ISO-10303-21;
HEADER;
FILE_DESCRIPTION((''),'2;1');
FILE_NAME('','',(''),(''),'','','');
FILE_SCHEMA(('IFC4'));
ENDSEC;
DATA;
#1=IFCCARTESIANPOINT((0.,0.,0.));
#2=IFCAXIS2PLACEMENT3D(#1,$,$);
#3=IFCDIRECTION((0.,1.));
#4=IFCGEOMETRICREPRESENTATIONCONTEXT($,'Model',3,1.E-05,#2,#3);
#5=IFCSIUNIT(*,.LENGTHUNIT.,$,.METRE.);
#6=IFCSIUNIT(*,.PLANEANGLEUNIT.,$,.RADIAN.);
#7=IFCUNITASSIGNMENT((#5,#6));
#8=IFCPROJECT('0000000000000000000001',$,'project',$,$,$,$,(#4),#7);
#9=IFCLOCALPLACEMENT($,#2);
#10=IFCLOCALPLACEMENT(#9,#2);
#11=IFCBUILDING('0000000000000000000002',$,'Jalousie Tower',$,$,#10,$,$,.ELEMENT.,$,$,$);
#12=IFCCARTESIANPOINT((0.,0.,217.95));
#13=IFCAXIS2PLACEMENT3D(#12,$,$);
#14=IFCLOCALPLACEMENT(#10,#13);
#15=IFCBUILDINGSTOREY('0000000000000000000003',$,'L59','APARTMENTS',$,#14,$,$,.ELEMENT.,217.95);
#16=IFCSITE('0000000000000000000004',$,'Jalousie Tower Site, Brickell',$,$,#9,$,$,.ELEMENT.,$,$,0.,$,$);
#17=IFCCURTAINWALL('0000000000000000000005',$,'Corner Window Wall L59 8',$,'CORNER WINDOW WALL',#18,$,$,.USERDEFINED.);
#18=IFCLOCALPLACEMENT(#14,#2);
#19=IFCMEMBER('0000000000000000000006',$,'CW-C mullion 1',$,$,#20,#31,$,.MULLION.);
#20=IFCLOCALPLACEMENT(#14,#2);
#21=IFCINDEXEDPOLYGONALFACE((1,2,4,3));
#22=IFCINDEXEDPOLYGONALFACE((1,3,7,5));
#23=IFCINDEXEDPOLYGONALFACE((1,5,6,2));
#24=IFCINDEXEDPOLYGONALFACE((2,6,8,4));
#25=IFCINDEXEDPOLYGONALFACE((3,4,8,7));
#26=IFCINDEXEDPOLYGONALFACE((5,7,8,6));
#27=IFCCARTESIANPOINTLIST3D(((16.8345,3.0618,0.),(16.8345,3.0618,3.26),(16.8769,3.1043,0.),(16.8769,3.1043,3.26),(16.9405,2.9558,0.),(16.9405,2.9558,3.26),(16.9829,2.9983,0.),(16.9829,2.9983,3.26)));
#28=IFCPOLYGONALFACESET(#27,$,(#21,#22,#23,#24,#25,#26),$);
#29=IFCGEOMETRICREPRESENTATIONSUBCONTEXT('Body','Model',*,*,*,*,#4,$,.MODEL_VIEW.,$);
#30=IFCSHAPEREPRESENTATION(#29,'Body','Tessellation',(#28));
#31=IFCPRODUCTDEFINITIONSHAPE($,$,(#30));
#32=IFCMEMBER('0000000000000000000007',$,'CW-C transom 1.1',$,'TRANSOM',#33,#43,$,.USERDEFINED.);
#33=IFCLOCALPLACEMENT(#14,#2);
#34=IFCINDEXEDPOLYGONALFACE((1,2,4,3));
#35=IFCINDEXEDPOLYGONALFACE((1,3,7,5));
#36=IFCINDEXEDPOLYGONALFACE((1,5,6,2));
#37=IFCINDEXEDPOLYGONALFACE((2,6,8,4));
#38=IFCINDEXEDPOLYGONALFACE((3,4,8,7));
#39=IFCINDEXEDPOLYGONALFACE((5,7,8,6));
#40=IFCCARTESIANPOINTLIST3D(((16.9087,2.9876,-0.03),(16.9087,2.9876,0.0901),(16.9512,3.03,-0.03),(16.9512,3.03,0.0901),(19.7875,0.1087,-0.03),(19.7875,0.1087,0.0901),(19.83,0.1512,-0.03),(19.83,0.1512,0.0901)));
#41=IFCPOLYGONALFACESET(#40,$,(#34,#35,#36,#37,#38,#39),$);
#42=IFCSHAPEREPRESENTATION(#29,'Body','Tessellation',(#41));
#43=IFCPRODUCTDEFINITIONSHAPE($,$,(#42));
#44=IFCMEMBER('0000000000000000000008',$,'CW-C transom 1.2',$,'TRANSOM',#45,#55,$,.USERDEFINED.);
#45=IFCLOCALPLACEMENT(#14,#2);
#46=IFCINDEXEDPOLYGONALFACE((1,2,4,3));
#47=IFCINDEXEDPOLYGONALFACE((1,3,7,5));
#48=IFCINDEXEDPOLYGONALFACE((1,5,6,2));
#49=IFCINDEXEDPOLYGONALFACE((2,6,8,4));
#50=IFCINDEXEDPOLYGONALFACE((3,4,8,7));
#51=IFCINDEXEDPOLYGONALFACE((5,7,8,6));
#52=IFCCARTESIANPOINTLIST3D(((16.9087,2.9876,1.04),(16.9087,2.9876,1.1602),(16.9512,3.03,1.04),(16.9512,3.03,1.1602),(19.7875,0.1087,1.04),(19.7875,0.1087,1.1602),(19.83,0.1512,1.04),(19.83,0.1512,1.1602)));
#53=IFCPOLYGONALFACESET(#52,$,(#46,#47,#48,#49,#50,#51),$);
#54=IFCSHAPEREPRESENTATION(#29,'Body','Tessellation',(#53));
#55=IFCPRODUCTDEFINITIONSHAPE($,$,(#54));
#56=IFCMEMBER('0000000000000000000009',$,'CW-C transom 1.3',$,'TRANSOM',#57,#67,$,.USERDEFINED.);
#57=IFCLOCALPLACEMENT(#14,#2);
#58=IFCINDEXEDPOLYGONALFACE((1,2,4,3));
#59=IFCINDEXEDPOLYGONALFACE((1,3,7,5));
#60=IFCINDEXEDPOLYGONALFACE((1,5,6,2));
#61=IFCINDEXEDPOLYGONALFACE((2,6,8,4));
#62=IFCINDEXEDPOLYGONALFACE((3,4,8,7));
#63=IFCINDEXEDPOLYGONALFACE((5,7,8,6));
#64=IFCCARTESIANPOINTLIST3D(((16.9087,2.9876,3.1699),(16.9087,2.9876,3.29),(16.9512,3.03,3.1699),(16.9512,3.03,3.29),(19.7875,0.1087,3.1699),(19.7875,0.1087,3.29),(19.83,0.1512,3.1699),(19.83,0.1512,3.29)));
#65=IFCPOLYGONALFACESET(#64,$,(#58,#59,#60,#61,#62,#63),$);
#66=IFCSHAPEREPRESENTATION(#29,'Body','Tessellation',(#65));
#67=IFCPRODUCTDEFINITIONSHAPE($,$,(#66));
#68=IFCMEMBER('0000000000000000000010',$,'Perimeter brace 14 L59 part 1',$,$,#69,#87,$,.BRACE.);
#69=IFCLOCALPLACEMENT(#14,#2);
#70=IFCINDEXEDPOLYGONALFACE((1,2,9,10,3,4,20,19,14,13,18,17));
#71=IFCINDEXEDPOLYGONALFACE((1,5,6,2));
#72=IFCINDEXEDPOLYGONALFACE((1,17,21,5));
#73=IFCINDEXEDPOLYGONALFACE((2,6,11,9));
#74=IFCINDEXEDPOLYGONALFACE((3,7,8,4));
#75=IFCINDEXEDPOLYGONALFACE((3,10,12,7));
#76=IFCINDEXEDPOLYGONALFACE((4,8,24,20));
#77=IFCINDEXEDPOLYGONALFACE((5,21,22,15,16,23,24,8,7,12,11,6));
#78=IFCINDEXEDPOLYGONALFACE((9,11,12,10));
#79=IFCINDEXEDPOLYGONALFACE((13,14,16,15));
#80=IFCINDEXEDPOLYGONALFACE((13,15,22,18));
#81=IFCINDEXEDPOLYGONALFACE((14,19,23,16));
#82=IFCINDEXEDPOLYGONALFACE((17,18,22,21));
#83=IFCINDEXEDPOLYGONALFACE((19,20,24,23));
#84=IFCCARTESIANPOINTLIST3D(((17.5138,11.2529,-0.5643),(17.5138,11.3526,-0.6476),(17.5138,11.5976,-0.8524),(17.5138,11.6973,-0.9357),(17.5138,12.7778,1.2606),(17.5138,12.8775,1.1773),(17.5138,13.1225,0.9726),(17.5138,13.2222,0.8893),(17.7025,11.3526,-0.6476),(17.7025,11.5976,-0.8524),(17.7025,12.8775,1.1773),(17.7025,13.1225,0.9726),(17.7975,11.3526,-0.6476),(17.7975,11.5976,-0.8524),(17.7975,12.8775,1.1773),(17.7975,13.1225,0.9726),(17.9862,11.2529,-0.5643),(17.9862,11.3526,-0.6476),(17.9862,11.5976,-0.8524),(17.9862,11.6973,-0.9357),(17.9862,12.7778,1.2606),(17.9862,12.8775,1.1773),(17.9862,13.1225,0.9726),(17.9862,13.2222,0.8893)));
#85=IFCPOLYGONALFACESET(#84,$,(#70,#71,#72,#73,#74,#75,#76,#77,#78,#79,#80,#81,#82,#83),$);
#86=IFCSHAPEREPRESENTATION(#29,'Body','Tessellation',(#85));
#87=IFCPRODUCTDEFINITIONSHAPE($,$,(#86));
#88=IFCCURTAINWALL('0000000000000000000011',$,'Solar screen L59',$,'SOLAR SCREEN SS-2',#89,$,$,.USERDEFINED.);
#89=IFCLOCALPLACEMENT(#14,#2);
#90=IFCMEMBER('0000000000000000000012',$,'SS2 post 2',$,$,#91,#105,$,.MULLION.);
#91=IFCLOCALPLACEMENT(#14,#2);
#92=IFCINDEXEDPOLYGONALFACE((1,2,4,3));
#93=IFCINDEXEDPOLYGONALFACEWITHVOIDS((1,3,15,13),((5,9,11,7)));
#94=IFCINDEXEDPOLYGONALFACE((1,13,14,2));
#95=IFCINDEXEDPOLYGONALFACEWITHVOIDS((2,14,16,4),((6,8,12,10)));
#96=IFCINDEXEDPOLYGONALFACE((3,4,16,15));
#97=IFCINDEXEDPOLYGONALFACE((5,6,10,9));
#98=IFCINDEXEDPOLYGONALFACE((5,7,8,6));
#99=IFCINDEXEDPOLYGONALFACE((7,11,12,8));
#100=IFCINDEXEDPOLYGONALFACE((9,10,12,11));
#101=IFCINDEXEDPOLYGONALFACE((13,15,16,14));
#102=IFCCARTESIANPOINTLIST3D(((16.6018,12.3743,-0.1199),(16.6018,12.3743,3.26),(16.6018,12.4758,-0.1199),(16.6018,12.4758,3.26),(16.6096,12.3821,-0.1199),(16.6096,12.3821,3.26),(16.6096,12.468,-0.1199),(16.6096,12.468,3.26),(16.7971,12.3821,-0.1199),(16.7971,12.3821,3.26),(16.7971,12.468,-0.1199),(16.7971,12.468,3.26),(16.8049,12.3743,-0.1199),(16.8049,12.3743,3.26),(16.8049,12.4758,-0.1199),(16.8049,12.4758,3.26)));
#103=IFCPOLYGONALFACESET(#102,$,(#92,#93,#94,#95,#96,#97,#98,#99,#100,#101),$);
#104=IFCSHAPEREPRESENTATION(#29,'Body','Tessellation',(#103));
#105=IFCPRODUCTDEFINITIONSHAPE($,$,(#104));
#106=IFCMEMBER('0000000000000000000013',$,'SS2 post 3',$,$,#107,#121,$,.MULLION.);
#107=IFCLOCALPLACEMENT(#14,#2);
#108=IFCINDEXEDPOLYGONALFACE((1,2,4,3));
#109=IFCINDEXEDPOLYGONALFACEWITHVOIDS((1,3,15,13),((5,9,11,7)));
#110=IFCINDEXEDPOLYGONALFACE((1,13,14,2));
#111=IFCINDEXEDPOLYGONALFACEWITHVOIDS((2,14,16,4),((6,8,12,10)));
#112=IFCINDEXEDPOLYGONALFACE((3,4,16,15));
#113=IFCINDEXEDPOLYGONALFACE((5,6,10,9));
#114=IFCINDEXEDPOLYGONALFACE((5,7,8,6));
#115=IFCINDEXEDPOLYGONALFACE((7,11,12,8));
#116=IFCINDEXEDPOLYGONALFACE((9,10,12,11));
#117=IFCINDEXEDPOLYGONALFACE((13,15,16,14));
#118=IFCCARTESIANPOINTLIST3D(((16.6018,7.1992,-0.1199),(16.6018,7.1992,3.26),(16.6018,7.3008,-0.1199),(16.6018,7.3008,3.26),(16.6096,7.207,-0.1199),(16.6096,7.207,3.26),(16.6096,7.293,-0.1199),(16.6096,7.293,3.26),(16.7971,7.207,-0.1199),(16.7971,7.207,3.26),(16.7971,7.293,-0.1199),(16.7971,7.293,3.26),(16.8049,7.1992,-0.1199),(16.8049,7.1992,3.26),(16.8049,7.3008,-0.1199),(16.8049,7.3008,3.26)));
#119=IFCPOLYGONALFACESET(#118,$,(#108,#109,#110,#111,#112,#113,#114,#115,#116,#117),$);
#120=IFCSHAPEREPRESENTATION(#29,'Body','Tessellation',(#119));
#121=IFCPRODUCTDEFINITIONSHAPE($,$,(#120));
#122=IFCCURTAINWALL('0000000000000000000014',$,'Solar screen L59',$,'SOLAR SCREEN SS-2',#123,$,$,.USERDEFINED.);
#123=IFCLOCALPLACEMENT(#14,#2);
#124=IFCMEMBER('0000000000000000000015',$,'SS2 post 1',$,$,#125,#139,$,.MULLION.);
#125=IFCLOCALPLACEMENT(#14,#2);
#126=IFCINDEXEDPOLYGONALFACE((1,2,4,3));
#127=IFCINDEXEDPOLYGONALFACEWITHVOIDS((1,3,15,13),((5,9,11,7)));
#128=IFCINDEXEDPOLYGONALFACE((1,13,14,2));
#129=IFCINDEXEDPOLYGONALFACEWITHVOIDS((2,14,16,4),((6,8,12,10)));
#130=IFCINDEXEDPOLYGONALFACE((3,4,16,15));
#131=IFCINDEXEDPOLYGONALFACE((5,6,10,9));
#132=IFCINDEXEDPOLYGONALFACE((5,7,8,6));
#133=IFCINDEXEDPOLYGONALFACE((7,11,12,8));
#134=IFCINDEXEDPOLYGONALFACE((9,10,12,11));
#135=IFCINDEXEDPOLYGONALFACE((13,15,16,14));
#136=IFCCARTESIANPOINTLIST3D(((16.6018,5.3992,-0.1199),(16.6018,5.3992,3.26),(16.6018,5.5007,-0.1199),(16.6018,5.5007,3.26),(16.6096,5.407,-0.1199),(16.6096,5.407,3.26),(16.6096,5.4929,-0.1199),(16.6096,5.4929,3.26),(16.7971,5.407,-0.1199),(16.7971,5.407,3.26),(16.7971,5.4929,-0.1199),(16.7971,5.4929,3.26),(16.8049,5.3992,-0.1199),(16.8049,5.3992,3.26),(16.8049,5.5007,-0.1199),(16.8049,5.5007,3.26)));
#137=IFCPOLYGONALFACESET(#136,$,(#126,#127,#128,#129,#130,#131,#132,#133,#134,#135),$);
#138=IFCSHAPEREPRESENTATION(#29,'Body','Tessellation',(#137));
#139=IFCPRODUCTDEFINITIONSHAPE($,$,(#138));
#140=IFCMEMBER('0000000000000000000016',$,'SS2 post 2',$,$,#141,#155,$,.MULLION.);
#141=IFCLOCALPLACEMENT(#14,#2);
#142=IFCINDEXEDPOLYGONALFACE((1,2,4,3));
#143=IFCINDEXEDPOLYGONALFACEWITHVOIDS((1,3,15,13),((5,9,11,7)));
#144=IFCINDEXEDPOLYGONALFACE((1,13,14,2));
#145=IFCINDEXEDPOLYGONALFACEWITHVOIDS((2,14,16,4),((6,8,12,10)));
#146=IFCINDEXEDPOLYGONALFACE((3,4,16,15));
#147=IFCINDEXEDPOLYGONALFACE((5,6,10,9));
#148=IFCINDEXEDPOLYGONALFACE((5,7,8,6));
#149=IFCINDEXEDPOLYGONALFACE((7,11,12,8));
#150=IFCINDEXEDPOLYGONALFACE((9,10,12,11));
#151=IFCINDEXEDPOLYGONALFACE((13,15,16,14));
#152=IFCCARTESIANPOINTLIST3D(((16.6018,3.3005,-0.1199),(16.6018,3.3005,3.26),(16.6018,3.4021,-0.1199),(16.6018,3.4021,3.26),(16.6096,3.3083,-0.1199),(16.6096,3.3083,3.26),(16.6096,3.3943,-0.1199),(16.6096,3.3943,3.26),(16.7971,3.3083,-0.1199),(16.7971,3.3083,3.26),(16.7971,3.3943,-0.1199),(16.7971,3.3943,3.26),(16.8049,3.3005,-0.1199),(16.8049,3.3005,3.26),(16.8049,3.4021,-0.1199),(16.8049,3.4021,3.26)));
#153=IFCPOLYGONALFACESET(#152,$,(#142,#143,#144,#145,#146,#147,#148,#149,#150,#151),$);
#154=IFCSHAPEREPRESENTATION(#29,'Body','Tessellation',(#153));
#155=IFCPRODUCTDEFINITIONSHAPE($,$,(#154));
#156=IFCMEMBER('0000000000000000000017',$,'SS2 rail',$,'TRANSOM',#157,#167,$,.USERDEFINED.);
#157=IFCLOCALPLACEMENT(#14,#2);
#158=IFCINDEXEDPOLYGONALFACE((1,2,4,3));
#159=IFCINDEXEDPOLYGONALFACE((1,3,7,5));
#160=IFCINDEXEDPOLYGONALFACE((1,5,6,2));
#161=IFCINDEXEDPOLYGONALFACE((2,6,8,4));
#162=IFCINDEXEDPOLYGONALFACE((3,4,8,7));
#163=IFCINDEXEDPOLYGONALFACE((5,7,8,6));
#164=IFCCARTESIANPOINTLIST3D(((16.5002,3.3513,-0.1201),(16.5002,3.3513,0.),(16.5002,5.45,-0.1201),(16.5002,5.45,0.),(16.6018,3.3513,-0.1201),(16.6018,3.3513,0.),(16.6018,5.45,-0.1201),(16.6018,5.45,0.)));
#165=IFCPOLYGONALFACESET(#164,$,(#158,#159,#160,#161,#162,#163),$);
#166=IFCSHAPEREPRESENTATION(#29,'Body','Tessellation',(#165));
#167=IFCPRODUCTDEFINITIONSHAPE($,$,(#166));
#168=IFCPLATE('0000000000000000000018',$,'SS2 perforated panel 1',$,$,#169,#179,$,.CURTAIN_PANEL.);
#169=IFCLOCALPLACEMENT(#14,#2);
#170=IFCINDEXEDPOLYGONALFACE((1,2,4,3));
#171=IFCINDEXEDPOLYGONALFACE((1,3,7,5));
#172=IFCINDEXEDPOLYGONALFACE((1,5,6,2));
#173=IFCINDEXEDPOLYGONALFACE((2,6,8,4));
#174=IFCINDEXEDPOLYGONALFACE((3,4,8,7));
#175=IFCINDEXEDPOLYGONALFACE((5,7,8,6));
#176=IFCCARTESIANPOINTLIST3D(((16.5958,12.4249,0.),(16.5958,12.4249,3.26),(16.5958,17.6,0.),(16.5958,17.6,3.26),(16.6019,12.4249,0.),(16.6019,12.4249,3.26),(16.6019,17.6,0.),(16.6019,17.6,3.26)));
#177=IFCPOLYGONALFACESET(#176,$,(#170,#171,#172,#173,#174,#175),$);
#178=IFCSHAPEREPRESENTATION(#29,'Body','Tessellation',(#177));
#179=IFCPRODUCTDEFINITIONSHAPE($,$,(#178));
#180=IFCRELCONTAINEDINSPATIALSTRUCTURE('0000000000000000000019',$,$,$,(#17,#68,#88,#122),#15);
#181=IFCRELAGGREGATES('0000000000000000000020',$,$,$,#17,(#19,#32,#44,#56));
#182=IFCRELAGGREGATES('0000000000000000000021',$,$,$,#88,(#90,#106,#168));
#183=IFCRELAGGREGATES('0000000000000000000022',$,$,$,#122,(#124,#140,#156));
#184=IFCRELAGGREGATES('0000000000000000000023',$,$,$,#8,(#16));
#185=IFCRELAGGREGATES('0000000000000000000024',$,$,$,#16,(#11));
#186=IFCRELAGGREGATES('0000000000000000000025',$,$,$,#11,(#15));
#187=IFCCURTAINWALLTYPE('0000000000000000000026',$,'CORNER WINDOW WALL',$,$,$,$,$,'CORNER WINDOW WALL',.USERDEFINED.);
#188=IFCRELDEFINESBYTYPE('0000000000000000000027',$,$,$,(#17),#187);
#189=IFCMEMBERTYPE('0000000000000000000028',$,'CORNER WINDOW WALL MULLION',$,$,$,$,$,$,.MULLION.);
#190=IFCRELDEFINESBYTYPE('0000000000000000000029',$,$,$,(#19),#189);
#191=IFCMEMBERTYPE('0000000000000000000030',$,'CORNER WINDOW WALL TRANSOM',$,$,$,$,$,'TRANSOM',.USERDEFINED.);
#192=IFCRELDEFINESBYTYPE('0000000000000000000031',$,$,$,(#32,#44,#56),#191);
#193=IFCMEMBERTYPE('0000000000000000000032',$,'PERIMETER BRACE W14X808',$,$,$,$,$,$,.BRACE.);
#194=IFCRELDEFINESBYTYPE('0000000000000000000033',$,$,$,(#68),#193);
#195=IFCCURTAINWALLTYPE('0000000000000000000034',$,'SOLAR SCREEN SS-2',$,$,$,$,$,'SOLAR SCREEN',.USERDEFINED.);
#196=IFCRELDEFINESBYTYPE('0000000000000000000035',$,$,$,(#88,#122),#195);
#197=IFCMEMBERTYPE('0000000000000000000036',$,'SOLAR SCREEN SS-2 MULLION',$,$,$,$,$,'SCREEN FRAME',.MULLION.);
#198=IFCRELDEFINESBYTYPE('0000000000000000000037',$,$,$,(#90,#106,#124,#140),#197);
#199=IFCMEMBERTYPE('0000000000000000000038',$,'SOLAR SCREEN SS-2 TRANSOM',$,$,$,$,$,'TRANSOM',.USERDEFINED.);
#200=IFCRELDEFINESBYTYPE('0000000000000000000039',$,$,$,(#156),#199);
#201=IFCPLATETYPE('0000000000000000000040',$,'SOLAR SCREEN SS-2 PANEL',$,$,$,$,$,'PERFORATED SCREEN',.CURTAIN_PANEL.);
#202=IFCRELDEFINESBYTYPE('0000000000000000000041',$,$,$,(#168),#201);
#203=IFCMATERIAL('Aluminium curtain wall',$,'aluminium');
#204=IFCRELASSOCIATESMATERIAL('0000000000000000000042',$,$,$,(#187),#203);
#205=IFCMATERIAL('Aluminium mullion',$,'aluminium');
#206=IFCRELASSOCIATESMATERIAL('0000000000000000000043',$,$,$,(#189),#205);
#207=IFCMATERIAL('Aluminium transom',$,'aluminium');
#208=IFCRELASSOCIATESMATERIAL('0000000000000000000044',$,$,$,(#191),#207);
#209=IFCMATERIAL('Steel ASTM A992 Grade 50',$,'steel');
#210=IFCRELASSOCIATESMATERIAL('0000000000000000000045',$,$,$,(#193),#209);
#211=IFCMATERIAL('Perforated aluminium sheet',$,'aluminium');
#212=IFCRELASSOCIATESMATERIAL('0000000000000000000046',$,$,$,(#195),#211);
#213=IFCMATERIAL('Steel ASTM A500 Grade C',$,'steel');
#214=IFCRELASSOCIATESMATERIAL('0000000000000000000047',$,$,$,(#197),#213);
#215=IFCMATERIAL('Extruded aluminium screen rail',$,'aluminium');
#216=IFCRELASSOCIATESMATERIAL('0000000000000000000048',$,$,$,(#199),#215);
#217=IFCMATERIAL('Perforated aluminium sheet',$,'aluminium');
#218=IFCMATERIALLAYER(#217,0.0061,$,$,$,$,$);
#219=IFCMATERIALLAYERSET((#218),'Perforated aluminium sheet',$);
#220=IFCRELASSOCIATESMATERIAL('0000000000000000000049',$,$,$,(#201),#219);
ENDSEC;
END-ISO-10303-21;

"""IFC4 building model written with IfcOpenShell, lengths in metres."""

from ifc_helpers import new_model, si_unit, direction, frame, origin, origin_2d, place, context, subcontext, project, spatial, rectangle, hollow_rectangle, i_section, extrude, material, layer, layer_set, material_profile, profile_set, type_object, element, aggregate, save


model = new_model("IFC4")

# Units and contexts
model_context = context("Model", 3, precision=1e-05, world=origin(), true_north=direction((0.0, 1.0)))
body_context = subcontext(model_context, "Body", "Model", "MODEL_VIEW")
ifc_project = project(units=[si_unit("LENGTHUNIT", "METRE"), si_unit("PLANEANGLEUNIT", "RADIAN")], contexts=[model_context])

# Site, building, storey
site_placement = place(None, origin())
site = spatial("IfcSite", under=ifc_project, at=site_placement, Name="Jalousie Tower Site, Brickell", CompositionType="ELEMENT", RefElevation=0.0)
building_placement = place(site_placement, origin())
building = spatial("IfcBuilding", under=site, at=building_placement, Name="Jalousie Tower", CompositionType="ELEMENT")
storey_placement = place(building_placement, frame((0.0, 0.0, 217.95)))
storey = spatial("IfcBuildingStorey", under=building, at=storey_placement, Name="L59", Description="APARTMENTS", CompositionType="ELEMENT", Elevation=217.95)

# Curtain wall, members
ifc_material_1 = material(Name="Aluminium curtain wall", Category="aluminium")
curtain_wall_type_1 = type_object("IfcCurtainWallType", Name="CORNER WINDOW WALL", ElementType="CORNER WINDOW WALL", PredefinedType="USERDEFINED", material=ifc_material_1)
curtain_wall_1_placement = place(storey_placement, origin())
curtain_wall_1 = element("IfcCurtainWall", 1, at=curtain_wall_1_placement, inside=storey, type_object=curtain_wall_type_1, Name="Corner Window Wall L59 8", ObjectType="CORNER WINDOW WALL", PredefinedType="USERDEFINED")
ifc_material_2 = material(Name="Aluminium mullion", Category="aluminium")
ifc_material_profile_1 = material_profile(ifc_material_2, rectangle(XDim=0.0601, YDim=0.1499, at=origin_2d()), Name="MULLION 60x150")
ifc_profile_set_1 = profile_set([ifc_material_profile_1], Name="Aluminium mullion")
member_type_1 = type_object("IfcMemberType", Name="CORNER WINDOW WALL MULLION", PredefinedType="MULLION", material=ifc_profile_set_1)
member_1_placement = place(storey_placement, frame((16.9087, 3.03, 0.0), z_axis=(0.0, 0.0, 1.0), x_axis=(0.707107, 0.707107, 0.0)))
member_1 = element("IfcMember", 2, at=member_1_placement, type_object=member_type_1, Name="CW-C mullion 1", PredefinedType="MULLION", context=body_context, shape_type="SweptSolid", body=[
    extrude(rectangle(XDim=0.0601, YDim=0.1499, at=origin_2d()), origin(), (0.0, 0.0, 1.0), 3.26),
])
ifc_material_3 = material(Name="Aluminium transom", Category="aluminium")
ifc_material_profile_2 = material_profile(ifc_material_3, rectangle(XDim=0.0601, YDim=0.1201, at=origin_2d()), Name="TRANSOM 60x120")
ifc_profile_set_2 = profile_set([ifc_material_profile_2], Name="Aluminium transom")
member_type_2 = type_object("IfcMemberType", Name="CORNER WINDOW WALL TRANSOM", ElementType="TRANSOM", PredefinedType="USERDEFINED", material=ifc_profile_set_2)
member_2_placement = place(storey_placement, frame((16.9299, 3.0088, 0.03), z_axis=(0.707107, -0.707107, 0.0), x_axis=(0.707107, 0.707107, 0.0)))
member_2 = element("IfcMember", 3, at=member_2_placement, type_object=member_type_2, Name="CW-C transom 1.1", ObjectType="TRANSOM", PredefinedType="USERDEFINED", context=body_context, shape_type="SweptSolid", body=[
    extrude(rectangle(XDim=0.0601, YDim=0.1201, at=origin_2d()), origin(), (0.0, 0.0, 1.0), 4.0713),
])
member_3_placement = place(storey_placement, frame((16.9299, 3.0088, 1.1001), z_axis=(0.707107, -0.707107, 0.0), x_axis=(0.707107, 0.707107, 0.0)))
member_3 = element("IfcMember", 4, at=member_3_placement, type_object=member_type_2, Name="CW-C transom 1.2", ObjectType="TRANSOM", PredefinedType="USERDEFINED", context=body_context, shape_type="SweptSolid", body=[
    extrude(rectangle(XDim=0.0601, YDim=0.1201, at=origin_2d()), origin(), (0.0, 0.0, 1.0), 4.0713),
])
member_4_placement = place(storey_placement, frame((16.9299, 3.0088, 3.23), z_axis=(0.707107, -0.707107, 0.0), x_axis=(0.707107, 0.707107, 0.0)))
member_4 = element("IfcMember", 5, at=member_4_placement, type_object=member_type_2, Name="CW-C transom 1.3", ObjectType="TRANSOM", PredefinedType="USERDEFINED", context=body_context, shape_type="SweptSolid", body=[
    extrude(rectangle(XDim=0.0601, YDim=0.1201, at=origin_2d()), origin(), (0.0, 0.0, 1.0), 4.0713),
])
aggregate(curtain_wall_1, [member_1, member_2, member_3, member_4])

# Member
ifc_material_4 = material(Name="Steel ASTM A992 Grade 50", Category="steel")
ifc_material_profile_3 = material_profile(ifc_material_4, i_section(OverallWidth=0.4724, OverallDepth=0.5791, WebThickness=0.095, FlangeThickness=0.1299, at=origin_2d()), Name="W14X808")
ifc_profile_set_3 = profile_set([ifc_material_profile_3], Name="Steel ASTM A992 Grade 50")
member_type_3 = type_object("IfcMemberType", Name="PERIMETER BRACE W14X808", PredefinedType="BRACE", material=ifc_profile_set_3)
member_5_placement = place(storey_placement, frame((17.75, 11.4751, -0.75), z_axis=(0.0, 0.641204, 0.767371), x_axis=(-1.0, 0.0, 0.0)))
element("IfcMember", 6, at=member_5_placement, inside=storey, type_object=member_type_3, Name="Perimeter brace 14 L59 part 1", PredefinedType="BRACE", context=body_context, shape_type="SweptSolid", body=[
    extrude(i_section(OverallWidth=0.4724, OverallDepth=0.5791, WebThickness=0.095, FlangeThickness=0.1299, at=origin_2d()), origin(), (0.0, 0.0, 1.0), 2.3782),
])

# Curtain walls, members
ifc_material_5 = material(Name="Perforated aluminium sheet", Category="aluminium")
curtain_wall_type_2 = type_object("IfcCurtainWallType", Name="SOLAR SCREEN SS-2", ElementType="SOLAR SCREEN", PredefinedType="USERDEFINED", material=ifc_material_5)
curtain_wall_2_placement = place(storey_placement, origin())
curtain_wall_2 = element("IfcCurtainWall", 7, at=curtain_wall_2_placement, inside=storey, type_object=curtain_wall_type_2, Name="Solar screen L59", ObjectType="SOLAR SCREEN SS-2", PredefinedType="USERDEFINED")
ifc_material_6 = material(Name="Steel ASTM A500 Grade C", Category="steel")
ifc_material_profile_4 = material_profile(ifc_material_6, hollow_rectangle(XDim=0.1016, YDim=0.2031, WallThickness=0.0078, at=origin_2d()), Name="HSS8X4X5/16")
ifc_profile_set_4 = profile_set([ifc_material_profile_4], Name="Steel ASTM A500 Grade C")
member_type_4 = type_object("IfcMemberType", Name="SOLAR SCREEN SS-2 MULLION", ElementType="SCREEN FRAME", PredefinedType="MULLION", material=ifc_profile_set_4)
member_6_placement = place(storey_placement, frame((16.7034, 12.425, -0.1199), z_axis=(0.0, 0.0, 1.0), x_axis=(0.0, -1.0, 0.0)))
member_6 = element("IfcMember", 8, at=member_6_placement, type_object=member_type_4, Name="SS2 post 2", PredefinedType="MULLION", context=body_context, shape_type="SweptSolid", body=[
    extrude(hollow_rectangle(XDim=0.1016, YDim=0.2031, WallThickness=0.0078, at=origin_2d()), origin(), (0.0, 0.0, 1.0), 3.3799),
])
member_7_placement = place(storey_placement, frame((16.7034, 7.25, -0.1199), z_axis=(0.0, 0.0, 1.0), x_axis=(0.0, -1.0, 0.0)))
member_7 = element("IfcMember", 9, at=member_7_placement, type_object=member_type_4, Name="SS2 post 3", PredefinedType="MULLION", context=body_context, shape_type="SweptSolid", body=[
    extrude(hollow_rectangle(XDim=0.1016, YDim=0.2031, WallThickness=0.0078, at=origin_2d()), origin(), (0.0, 0.0, 1.0), 3.3799),
])
curtain_wall_3_placement = place(storey_placement, origin())
curtain_wall_3 = element("IfcCurtainWall", 10, at=curtain_wall_3_placement, inside=storey, type_object=curtain_wall_type_2, Name="Solar screen L59", ObjectType="SOLAR SCREEN SS-2", PredefinedType="USERDEFINED")
member_8_placement = place(storey_placement, frame((16.7034, 5.45, -0.1199), z_axis=(0.0, 0.0, 1.0), x_axis=(0.0, -1.0, 0.0)))
member_8 = element("IfcMember", 11, at=member_8_placement, type_object=member_type_4, Name="SS2 post 1", PredefinedType="MULLION", context=body_context, shape_type="SweptSolid", body=[
    extrude(hollow_rectangle(XDim=0.1016, YDim=0.2031, WallThickness=0.0078, at=origin_2d()), origin(), (0.0, 0.0, 1.0), 3.3799),
])
member_9_placement = place(storey_placement, frame((16.7034, 3.3513, -0.1199), z_axis=(0.0, 0.0, 1.0), x_axis=(0.0, -1.0, 0.0)))
member_9 = element("IfcMember", 12, at=member_9_placement, type_object=member_type_4, Name="SS2 post 2", PredefinedType="MULLION", context=body_context, shape_type="SweptSolid", body=[
    extrude(hollow_rectangle(XDim=0.1016, YDim=0.2031, WallThickness=0.0078, at=origin_2d()), origin(), (0.0, 0.0, 1.0), 3.3799),
])
ifc_material_7 = material(Name="Extruded aluminium screen rail", Category="aluminium")
ifc_material_profile_5 = material_profile(ifc_material_7, rectangle(XDim=0.1016, YDim=0.1201, at=origin_2d()), Name="RAIL 102x120")
ifc_profile_set_5 = profile_set([ifc_material_profile_5], Name="Extruded aluminium screen rail")
member_type_5 = type_object("IfcMemberType", Name="SOLAR SCREEN SS-2 TRANSOM", ElementType="TRANSOM", PredefinedType="USERDEFINED", material=ifc_profile_set_5)
member_10_placement = place(storey_placement, frame((16.551, 5.45, -0.0601), z_axis=(0.0, -1.0, 0.0), x_axis=(1.0, 0.0, 0.0)))
member_10 = element("IfcMember", 13, at=member_10_placement, type_object=member_type_5, Name="SS2 rail", ObjectType="TRANSOM", PredefinedType="USERDEFINED", context=body_context, shape_type="SweptSolid", body=[
    extrude(rectangle(XDim=0.1016, YDim=0.1201, at=origin_2d()), origin(), (0.0, 0.0, 1.0), 2.0986),
])

# Plate
ifc_material_8 = material(Name="Perforated aluminium sheet", Category="aluminium")
ifc_layer_1 = layer(ifc_material_8, 0.0061)
ifc_layer_set_1 = layer_set([ifc_layer_1], Name="Perforated aluminium sheet")
plate_type = type_object("IfcPlateType", Name="SOLAR SCREEN SS-2 PANEL", ElementType="PERFORATED SCREEN", PredefinedType="CURTAIN_PANEL", material=ifc_layer_set_1)
plate_1_placement = place(storey_placement, frame((16.5989, 15.0125, 0.0), z_axis=(0.0, 0.0, 1.0), x_axis=(0.0, -1.0, 0.0)))
plate_1 = element("IfcPlate", 14, at=plate_1_placement, type_object=plate_type, Name="SS2 perforated panel 1", PredefinedType="CURTAIN_PANEL", context=body_context, shape_type="SweptSolid", body=[
    extrude(rectangle(XDim=5.175, YDim=0.0061, at=origin_2d()), origin(), (0.0, 0.0, 1.0), 3.26),
])
aggregate(curtain_wall_2, [member_6, member_7, plate_1])
aggregate(curtain_wall_3, [member_8, member_9, member_10])

save(model, "model.ifc")
